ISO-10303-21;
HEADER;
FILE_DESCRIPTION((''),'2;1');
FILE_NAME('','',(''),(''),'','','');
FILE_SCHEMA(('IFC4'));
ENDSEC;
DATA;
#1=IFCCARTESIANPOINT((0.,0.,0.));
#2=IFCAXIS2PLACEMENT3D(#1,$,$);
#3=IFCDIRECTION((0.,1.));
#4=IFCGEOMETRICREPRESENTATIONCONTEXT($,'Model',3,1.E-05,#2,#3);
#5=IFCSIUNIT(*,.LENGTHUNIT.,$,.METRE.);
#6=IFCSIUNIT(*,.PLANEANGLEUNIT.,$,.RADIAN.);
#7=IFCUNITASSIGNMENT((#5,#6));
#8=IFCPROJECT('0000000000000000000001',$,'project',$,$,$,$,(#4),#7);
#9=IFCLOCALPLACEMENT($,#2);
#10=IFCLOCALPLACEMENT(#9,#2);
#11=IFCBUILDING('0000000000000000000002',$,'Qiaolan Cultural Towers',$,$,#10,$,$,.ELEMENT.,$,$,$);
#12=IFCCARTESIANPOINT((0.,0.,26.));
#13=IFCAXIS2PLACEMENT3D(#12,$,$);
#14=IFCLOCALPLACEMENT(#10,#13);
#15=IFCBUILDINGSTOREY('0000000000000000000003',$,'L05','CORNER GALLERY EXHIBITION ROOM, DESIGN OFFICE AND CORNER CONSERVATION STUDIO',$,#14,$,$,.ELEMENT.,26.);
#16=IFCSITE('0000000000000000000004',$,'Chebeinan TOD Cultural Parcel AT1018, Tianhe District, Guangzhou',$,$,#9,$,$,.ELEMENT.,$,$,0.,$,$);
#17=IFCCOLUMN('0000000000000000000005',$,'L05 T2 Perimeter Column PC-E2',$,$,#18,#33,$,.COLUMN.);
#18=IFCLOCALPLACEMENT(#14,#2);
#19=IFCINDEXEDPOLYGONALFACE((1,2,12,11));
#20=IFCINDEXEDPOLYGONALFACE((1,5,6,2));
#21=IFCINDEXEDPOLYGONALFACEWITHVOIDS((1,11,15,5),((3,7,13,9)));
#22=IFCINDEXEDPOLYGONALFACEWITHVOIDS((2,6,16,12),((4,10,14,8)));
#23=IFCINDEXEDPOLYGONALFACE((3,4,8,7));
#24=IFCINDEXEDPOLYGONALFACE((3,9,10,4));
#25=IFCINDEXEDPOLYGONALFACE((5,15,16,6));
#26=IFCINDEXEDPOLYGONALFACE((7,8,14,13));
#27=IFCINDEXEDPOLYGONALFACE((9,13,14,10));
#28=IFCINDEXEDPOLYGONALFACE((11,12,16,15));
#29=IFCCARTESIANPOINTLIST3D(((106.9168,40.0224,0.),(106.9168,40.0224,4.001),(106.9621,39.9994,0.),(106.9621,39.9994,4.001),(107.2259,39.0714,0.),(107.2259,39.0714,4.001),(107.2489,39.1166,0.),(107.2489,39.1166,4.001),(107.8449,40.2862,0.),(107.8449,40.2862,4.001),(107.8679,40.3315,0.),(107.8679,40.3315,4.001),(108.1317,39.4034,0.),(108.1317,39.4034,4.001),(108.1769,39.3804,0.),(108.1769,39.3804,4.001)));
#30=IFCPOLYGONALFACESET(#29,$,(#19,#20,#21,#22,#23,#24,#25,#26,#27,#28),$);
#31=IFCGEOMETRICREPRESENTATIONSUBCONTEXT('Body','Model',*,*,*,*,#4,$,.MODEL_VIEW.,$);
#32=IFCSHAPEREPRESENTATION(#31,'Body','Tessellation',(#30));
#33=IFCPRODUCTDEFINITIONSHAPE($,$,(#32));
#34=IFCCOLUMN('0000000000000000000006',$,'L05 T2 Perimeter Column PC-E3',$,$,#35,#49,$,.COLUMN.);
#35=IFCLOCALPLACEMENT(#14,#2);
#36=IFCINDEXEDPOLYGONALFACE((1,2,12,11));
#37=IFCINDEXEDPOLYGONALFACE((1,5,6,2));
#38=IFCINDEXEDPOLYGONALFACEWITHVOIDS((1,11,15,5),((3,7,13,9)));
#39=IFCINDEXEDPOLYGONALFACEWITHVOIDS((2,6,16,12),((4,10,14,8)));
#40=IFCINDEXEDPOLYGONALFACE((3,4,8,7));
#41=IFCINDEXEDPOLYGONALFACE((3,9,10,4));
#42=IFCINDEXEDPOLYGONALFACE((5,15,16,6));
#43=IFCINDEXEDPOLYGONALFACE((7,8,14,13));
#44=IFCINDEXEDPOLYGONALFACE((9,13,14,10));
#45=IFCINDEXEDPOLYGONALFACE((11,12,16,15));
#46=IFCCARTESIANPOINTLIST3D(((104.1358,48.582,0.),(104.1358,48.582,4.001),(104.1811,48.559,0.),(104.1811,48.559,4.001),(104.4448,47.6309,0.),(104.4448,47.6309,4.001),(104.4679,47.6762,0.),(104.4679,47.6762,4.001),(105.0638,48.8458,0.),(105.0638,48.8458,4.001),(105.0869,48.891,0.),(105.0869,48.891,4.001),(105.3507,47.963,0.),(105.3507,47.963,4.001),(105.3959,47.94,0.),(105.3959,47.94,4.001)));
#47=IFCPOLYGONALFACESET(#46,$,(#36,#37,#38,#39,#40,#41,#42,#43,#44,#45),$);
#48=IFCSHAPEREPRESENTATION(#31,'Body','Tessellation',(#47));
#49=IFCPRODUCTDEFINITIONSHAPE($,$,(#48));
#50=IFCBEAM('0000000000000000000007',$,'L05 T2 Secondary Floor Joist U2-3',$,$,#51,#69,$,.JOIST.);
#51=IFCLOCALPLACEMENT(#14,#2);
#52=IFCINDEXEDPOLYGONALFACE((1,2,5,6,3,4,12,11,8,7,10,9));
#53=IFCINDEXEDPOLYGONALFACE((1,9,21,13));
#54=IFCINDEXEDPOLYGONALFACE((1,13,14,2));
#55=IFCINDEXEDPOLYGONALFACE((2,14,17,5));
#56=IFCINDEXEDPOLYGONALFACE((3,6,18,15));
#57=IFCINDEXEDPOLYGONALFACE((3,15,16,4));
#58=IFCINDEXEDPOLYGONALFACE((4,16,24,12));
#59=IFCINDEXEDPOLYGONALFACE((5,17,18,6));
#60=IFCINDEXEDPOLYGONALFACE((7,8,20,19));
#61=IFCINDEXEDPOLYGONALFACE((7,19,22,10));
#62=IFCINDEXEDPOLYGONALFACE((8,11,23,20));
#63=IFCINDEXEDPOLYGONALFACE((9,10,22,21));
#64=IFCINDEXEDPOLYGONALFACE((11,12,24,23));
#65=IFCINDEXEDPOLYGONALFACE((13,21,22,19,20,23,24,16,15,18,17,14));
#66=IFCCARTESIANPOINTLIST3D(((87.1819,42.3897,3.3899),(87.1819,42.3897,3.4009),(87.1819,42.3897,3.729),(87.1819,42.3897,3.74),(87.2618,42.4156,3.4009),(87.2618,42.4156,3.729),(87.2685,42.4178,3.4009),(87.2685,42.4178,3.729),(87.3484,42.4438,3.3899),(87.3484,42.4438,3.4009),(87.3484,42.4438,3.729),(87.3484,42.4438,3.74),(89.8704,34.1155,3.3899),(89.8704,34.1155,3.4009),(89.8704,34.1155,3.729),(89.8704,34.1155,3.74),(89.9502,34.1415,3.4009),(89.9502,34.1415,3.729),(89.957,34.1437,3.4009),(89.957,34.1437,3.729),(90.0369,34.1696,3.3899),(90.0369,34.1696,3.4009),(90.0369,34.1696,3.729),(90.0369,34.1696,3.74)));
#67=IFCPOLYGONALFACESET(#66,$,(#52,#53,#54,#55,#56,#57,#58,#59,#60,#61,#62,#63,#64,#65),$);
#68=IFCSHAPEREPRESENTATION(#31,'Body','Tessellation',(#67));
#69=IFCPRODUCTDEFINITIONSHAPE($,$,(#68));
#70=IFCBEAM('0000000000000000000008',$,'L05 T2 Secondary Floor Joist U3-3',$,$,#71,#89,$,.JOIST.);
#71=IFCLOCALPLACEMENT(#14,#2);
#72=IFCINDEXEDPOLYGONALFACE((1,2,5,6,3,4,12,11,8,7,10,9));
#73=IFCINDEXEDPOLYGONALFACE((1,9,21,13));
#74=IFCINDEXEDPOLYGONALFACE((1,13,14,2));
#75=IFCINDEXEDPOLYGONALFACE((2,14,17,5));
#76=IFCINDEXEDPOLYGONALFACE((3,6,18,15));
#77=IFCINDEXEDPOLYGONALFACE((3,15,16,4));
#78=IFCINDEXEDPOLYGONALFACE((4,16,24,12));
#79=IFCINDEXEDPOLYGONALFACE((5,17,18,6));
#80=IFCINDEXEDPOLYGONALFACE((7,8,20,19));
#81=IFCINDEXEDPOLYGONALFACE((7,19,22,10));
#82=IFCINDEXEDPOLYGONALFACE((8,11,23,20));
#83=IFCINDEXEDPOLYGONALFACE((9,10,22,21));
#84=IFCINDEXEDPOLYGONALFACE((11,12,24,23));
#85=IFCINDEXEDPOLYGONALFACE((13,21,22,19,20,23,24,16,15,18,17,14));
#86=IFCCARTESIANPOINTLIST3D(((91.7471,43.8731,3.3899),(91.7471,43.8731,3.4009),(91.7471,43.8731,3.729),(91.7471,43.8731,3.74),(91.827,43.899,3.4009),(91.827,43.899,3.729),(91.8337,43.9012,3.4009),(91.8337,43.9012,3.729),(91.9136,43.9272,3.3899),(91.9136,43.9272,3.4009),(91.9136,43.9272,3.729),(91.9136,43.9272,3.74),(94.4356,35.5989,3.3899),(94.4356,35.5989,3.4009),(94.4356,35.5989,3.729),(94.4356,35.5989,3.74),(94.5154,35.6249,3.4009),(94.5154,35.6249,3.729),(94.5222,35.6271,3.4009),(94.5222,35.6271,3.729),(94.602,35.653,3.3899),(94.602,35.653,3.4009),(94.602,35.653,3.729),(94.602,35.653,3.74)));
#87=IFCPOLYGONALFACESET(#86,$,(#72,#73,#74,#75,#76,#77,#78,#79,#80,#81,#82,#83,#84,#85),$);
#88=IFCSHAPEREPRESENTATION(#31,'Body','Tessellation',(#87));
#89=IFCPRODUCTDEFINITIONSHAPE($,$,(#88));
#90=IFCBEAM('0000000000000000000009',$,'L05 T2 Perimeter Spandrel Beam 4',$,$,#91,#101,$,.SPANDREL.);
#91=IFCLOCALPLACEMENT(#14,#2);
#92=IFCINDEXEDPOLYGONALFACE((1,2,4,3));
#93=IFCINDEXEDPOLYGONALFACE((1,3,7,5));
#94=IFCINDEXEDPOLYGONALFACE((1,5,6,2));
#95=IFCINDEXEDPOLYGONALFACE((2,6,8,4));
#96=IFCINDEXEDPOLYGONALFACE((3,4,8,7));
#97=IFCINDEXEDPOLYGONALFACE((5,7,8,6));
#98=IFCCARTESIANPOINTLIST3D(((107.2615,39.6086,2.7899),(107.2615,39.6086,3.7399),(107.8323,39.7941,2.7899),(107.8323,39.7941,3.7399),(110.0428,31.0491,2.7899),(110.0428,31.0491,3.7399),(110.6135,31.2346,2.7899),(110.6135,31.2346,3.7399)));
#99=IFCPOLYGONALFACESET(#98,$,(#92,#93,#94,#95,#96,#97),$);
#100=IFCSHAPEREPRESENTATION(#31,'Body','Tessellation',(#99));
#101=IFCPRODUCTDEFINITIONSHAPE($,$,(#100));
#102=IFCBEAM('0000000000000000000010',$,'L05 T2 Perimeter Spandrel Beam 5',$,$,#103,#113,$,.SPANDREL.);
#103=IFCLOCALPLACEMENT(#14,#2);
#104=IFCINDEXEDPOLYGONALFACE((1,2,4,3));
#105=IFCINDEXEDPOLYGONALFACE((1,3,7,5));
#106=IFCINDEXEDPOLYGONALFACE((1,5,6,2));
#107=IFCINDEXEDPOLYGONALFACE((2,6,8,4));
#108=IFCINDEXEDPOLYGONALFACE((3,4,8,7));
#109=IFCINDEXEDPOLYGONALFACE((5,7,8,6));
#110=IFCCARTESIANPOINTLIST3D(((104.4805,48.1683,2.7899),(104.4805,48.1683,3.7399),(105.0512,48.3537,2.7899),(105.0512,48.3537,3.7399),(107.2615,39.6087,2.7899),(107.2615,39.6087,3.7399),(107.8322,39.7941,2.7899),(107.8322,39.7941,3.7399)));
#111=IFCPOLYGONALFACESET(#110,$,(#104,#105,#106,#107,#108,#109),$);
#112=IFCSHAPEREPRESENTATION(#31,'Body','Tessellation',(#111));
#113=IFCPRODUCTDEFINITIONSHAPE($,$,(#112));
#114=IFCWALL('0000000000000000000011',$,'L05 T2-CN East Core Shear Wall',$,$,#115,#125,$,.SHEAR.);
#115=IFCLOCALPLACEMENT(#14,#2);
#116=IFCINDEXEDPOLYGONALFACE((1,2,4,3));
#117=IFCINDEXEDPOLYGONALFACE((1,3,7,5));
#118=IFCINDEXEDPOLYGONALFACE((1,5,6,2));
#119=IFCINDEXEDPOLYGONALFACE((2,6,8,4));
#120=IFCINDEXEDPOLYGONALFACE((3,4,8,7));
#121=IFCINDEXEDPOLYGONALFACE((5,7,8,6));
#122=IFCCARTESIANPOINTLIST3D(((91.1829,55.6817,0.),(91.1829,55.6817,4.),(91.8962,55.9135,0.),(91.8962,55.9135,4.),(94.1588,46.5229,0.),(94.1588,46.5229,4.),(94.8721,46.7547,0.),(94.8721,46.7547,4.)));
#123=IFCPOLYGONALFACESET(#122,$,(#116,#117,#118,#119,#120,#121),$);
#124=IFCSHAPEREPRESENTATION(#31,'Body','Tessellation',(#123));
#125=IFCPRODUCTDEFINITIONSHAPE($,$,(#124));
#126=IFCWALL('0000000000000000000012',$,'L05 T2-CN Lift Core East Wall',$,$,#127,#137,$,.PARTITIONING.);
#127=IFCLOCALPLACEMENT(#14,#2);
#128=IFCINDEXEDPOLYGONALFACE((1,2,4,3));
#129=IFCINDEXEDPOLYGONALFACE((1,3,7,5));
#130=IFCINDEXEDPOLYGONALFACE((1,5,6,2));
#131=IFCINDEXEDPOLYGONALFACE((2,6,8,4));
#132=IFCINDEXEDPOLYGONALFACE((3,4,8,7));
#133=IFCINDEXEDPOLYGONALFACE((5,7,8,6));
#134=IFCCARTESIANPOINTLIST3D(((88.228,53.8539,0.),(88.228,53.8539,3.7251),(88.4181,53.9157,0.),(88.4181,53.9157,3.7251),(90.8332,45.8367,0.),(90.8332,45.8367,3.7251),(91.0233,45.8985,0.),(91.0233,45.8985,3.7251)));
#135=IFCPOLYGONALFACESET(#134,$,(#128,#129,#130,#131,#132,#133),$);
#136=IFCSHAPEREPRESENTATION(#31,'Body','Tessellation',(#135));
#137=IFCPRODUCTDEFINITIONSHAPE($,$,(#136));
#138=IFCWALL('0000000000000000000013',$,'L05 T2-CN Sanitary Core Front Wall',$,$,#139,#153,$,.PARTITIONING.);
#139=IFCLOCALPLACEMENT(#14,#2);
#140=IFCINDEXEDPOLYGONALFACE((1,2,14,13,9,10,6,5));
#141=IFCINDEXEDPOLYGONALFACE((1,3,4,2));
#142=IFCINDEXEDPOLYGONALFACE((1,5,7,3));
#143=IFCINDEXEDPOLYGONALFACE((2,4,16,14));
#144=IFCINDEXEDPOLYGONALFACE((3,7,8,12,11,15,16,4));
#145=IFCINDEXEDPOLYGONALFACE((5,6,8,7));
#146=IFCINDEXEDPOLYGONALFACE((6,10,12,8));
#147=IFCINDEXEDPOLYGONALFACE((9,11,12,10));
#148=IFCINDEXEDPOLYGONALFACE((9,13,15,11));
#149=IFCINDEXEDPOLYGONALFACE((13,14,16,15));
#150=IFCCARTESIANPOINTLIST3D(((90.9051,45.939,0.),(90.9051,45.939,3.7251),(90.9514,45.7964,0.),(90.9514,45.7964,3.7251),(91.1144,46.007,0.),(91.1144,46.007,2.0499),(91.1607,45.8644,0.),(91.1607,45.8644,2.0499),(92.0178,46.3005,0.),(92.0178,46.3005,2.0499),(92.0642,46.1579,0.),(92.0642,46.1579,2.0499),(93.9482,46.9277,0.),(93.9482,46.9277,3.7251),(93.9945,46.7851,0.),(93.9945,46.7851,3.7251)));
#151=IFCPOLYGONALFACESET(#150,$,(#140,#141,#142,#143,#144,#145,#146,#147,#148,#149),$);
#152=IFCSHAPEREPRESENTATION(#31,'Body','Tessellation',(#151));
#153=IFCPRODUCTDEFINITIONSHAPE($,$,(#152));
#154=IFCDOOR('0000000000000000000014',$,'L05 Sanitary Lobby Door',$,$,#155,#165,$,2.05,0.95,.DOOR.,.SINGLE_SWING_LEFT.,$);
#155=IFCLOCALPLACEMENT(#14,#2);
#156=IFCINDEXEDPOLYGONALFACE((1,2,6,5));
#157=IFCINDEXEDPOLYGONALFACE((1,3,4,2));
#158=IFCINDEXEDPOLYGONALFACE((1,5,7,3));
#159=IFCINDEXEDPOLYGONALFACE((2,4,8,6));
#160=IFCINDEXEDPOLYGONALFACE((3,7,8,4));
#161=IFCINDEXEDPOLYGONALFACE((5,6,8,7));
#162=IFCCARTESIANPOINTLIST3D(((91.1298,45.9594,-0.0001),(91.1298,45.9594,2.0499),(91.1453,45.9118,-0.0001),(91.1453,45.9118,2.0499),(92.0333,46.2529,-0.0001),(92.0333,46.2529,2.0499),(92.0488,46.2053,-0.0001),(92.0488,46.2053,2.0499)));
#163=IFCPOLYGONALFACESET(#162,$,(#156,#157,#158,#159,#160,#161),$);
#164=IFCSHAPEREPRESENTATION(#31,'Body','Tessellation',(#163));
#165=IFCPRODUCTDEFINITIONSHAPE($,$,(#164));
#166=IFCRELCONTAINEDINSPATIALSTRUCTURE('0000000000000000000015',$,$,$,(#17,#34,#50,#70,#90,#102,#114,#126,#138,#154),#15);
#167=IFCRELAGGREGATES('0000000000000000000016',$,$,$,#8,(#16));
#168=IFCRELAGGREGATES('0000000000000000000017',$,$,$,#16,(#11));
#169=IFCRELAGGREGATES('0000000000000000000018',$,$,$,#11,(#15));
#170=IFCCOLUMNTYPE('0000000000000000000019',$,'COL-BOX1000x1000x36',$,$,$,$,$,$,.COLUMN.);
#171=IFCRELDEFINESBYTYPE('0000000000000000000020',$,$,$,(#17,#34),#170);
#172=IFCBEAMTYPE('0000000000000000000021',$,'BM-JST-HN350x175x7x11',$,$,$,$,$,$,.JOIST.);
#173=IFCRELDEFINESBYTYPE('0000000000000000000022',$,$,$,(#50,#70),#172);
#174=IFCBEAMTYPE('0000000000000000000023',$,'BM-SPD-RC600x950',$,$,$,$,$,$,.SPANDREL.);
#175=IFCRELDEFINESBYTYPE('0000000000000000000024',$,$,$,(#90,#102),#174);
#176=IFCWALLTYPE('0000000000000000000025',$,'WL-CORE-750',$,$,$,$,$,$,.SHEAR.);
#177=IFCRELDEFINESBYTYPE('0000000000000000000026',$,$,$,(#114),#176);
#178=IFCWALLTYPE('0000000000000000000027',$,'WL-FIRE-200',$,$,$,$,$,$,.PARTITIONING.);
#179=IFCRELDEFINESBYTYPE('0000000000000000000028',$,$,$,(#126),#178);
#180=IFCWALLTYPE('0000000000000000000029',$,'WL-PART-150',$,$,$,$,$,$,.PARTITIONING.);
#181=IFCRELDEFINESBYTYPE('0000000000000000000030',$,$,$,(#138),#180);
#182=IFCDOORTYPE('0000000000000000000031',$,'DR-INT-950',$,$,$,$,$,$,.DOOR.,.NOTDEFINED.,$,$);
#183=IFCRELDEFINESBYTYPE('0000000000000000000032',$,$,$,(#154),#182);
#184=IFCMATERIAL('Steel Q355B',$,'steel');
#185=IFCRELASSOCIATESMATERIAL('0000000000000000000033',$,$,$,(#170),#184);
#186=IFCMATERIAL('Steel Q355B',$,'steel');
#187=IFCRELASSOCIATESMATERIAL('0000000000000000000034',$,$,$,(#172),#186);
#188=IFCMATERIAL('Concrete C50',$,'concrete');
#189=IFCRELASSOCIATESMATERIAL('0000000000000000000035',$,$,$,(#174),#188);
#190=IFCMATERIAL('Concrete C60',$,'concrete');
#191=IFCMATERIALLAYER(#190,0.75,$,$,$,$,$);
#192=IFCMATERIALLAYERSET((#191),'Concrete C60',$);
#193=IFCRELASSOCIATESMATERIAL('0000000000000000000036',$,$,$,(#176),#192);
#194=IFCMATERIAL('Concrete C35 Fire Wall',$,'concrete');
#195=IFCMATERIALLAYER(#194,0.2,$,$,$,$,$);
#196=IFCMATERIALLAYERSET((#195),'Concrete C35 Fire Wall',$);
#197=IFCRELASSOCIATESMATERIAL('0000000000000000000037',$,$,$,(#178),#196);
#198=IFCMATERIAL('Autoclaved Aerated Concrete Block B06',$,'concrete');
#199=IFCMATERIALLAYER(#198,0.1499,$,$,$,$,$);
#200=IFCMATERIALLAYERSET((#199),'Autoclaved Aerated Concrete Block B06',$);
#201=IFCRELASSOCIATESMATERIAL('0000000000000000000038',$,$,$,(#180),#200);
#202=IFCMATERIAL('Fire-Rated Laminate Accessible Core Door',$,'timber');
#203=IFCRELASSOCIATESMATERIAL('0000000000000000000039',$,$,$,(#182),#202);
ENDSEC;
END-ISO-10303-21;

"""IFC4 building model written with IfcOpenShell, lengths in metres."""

from ifc_helpers import new_model, si_unit, direction, frame, frame_2d, origin, origin_2d, place, context, subcontext, project, spatial, rectangle, hollow_rectangle, i_section, extrude, material, layer, layer_set, material_profile, profile_set, type_object, element, fill, save


model = new_model("IFC4")

# Units and contexts
model_context = context("Model", 3, precision=1e-05, world=origin(), true_north=direction((0.0, 1.0)))
body_context = subcontext(model_context, "Body", "Model", "MODEL_VIEW")
ifc_project = project(units=[si_unit("LENGTHUNIT", "METRE"), si_unit("PLANEANGLEUNIT", "RADIAN")], contexts=[model_context])

# Site, building, storey
site_placement = place(None, origin())
site = spatial("IfcSite", under=ifc_project, at=site_placement, Name="Chebeinan TOD Cultural Parcel AT1018, Tianhe District, Guangzhou", CompositionType="ELEMENT", RefElevation=0.0)
building_placement = place(site_placement, origin())
building = spatial("IfcBuilding", under=site, at=building_placement, Name="Qiaolan Cultural Towers", CompositionType="ELEMENT")
storey_placement = place(building_placement, frame((0.0, 0.0, 26.0)))
storey = spatial("IfcBuildingStorey", under=building, at=storey_placement, Name="L05", Description="CORNER GALLERY EXHIBITION ROOM, DESIGN OFFICE AND CORNER CONSERVATION STUDIO", CompositionType="ELEMENT", Elevation=26.0)

# Columns
ifc_material_1 = material(Name="Steel Q355B", Category="steel")
ifc_material_profile_1 = material_profile(ifc_material_1, hollow_rectangle(XDim=1.0, YDim=1.0, WallThickness=0.0359, at=origin_2d()), Name="BOX1000x1000x36")
ifc_profile_set_1 = profile_set([ifc_material_profile_1], Name="Steel Q355B")
column_type = type_object("IfcColumnType", Name="COL-BOX1000x1000x36", PredefinedType="COLUMN", material=ifc_profile_set_1)
for number, where, z_axis, x_axis, name in (
    (1, (107.5469, 39.7014, 0.0), (0.0, 0.0, 1.0), (0.951057, 0.309017, 0.0), "L05 T2 Perimeter Column PC-E2"),
    (2, (104.7659, 48.261, 0.0), (0.0, 0.0, 1.0), (0.951057, 0.309017, 0.0), "L05 T2 Perimeter Column PC-E3"),
):
    element("IfcColumn", number, at=place(storey_placement, frame(where, z_axis=z_axis, x_axis=x_axis)), inside=storey, type_object=column_type, Name=name, PredefinedType="COLUMN", context=body_context, shape_type="SweptSolid", body=[
        extrude(hollow_rectangle(XDim=1.0, YDim=1.0, WallThickness=0.0359, at=origin_2d()), origin(), (0.0, 0.0, 1.0), 4.001),
    ])

# Beams
ifc_material_2 = material(Name="Steel Q355B", Category="steel")
ifc_material_profile_2 = material_profile(ifc_material_2, i_section(OverallWidth=0.175, OverallDepth=0.3501, WebThickness=0.0071, FlangeThickness=0.011, at=origin_2d()), Name="HN350x175x7x11")
ifc_profile_set_2 = profile_set([ifc_material_profile_2], Name="Steel Q355B")
beam_type_1 = type_object("IfcBeamType", Name="BM-JST-HN350x175x7x11", PredefinedType="JOIST", material=ifc_profile_set_2)
for number, where, z_axis, x_axis, name in (
    (3, (89.9536, 34.1426, 3.5649), (-0.309021, 0.951055, 0.0), (-0.951055, -0.309021, 0.0), "L05 T2 Secondary Floor Joist U2-3"),
    (4, (94.5188, 35.626, 3.5649), (-0.309021, 0.951055, 0.0), (-0.951055, -0.309021, 0.0), "L05 T2 Secondary Floor Joist U3-3"),
):
    element("IfcBeam", number, at=place(storey_placement, frame(where, z_axis=z_axis, x_axis=x_axis)), inside=storey, type_object=beam_type_1, Name=name, PredefinedType="JOIST", context=body_context, shape_type="SweptSolid", body=[
        extrude(i_section(OverallWidth=0.175, OverallDepth=0.3501, WebThickness=0.0071, FlangeThickness=0.011, at=origin_2d()), origin(), (0.0, 0.0, 1.0), 8.7),
    ])
ifc_material_3 = material(Name="Concrete C50", Category="concrete")
ifc_material_profile_3 = material_profile(ifc_material_3, rectangle(XDim=0.6001, YDim=0.95, at=origin_2d()), Name="RC600x950")
ifc_profile_set_3 = profile_set([ifc_material_profile_3], Name="Concrete C50")
beam_type_2 = type_object("IfcBeamType", Name="BM-SPD-RC600x950", PredefinedType="SPANDREL", material=ifc_profile_set_3)
for number, where, z_axis, x_axis, name in (
    (5, (110.3281, 31.1418, 3.2649), (-0.309025, 0.951054, 0.0), (-0.951054, -0.309025, 0.0), "L05 T2 Perimeter Spandrel Beam 4"),
    (6, (107.5469, 39.7014, 3.2649), (-0.309, 0.951062, 0.0), (-0.951062, -0.309, 0.0), "L05 T2 Perimeter Spandrel Beam 5"),
):
    element("IfcBeam", number, at=place(storey_placement, frame(where, z_axis=z_axis, x_axis=x_axis)), inside=storey, type_object=beam_type_2, Name=name, PredefinedType="SPANDREL", context=body_context, shape_type="SweptSolid", body=[
        extrude(rectangle(XDim=0.6001, YDim=0.95, at=origin_2d()), origin(), (0.0, 0.0, 1.0), 9.0),
    ])

# Walls
ifc_material_4 = material(Name="Concrete C60", Category="concrete")
ifc_layer_1 = layer(ifc_material_4, 0.75)
ifc_layer_set_1 = layer_set([ifc_layer_1], Name="Concrete C60")
wall_type_1 = type_object("IfcWallType", Name="WL-CORE-750", PredefinedType="SHEAR", material=ifc_layer_set_1)
wall_1_placement = place(storey_placement, frame((94.5154, 46.6389, 0.0), z_axis=(0.0, 0.0, 1.0), x_axis=(-0.309016, 0.951057, 0.0)))
element("IfcWall", 7, at=wall_1_placement, inside=storey, type_object=wall_type_1, Name="L05 T2-CN East Core Shear Wall", PredefinedType="SHEAR", context=body_context, shape_type="SweptSolid", body=[
    extrude(rectangle(XDim=9.6301, YDim=0.75, at=frame_2d((4.8149, 0.0))), origin(), (0.0, 0.0, 1.0), 4.0),
])
ifc_material_5 = material(Name="Concrete C35 Fire Wall", Category="concrete")
ifc_layer_2 = layer(ifc_material_5, 0.2)
ifc_layer_set_2 = layer_set([ifc_layer_2], Name="Concrete C35 Fire Wall")
wall_type_2 = type_object("IfcWallType", Name="WL-FIRE-200", PredefinedType="PARTITIONING", material=ifc_layer_set_2)
wall_2_placement = place(storey_placement, frame((90.9282, 45.8677, 0.0), z_axis=(0.0, 0.0, 1.0), x_axis=(-0.309042, 0.951048, 0.0)))
element("IfcWall", 8, at=wall_2_placement, inside=storey, type_object=wall_type_2, Name="L05 T2-CN Lift Core East Wall", PredefinedType="PARTITIONING", context=body_context, shape_type="SweptSolid", body=[
    extrude(rectangle(XDim=8.4299, YDim=0.2, at=frame_2d((4.2148, 0.0))), origin(), (0.0, 0.0, 1.0), 3.7251),
])

# Wall, opening, door
ifc_material_6 = material(Name="Autoclaved Aerated Concrete Block B06", Category="concrete")
ifc_layer_3 = layer(ifc_material_6, 0.1499)
ifc_layer_set_3 = layer_set([ifc_layer_3], Name="Autoclaved Aerated Concrete Block B06")
wall_type_3 = type_object("IfcWallType", Name="WL-PART-150", PredefinedType="PARTITIONING", material=ifc_layer_set_3)
wall_3_placement = place(storey_placement, frame((90.9282, 45.8677, 0.0), z_axis=(0.0, 0.0, 1.0), x_axis=(0.951059, 0.309008, 0.0)))
wall_3 = element("IfcWall", 9, at=wall_3_placement, inside=storey, type_object=wall_type_3, Name="L05 T2-CN Sanitary Core Front Wall", PredefinedType="PARTITIONING", context=body_context, shape_type="SweptSolid", body=[
    extrude(rectangle(XDim=3.1997, YDim=0.1499, at=frame_2d((1.5999, 0.0))), origin(), (0.0, 0.0, 1.0), 3.7251),
])
opening_1_placement = place(wall_3_placement, frame((0.22, 0.0, 0.0)))
opening_1 = element("IfcOpeningElement", 10, at=opening_1_placement, cuts=wall_3, PredefinedType="OPENING", context=body_context, shape_type="SweptSolid", body=[
    extrude(rectangle(XDim=0.95, YDim=2.05, at=frame_2d((0.4751, 1.0249))), frame((0.0, 0.085, 0.0), z_axis=(0.0, -1.0, 0.0), x_axis=(1.0, 0.0, 0.0)), (0.0, 0.0, 1.0), 0.1699),
])
ifc_material_7 = material(Name="Fire-Rated Laminate Accessible Core Door", Category="timber")
door_type_1 = type_object("IfcDoorType", Name="DR-INT-950", OperationType="NOTDEFINED", PredefinedType="DOOR", material=ifc_material_7)
door_1_placement = place(opening_1_placement, origin())
door_1 = element("IfcDoor", 11, at=door_1_placement, inside=storey, type_object=door_type_1, Name="L05 Sanitary Lobby Door", OperationType="SINGLE_SWING_LEFT", OverallHeight=2.05, OverallWidth=0.95, PredefinedType="DOOR", context=body_context, shape_type="SweptSolid", body=[
    extrude(rectangle(XDim=0.95, YDim=2.05, at=frame_2d((0.4751, 1.0249))), frame((0.0, 0.0249, 0.0), z_axis=(0.0, -1.0, 0.0), x_axis=(1.0, 0.0, 0.0)), (0.0, 0.0, 1.0), 0.05),
])
fill(opening_1, door_1)

save(model, "model.ifc")
